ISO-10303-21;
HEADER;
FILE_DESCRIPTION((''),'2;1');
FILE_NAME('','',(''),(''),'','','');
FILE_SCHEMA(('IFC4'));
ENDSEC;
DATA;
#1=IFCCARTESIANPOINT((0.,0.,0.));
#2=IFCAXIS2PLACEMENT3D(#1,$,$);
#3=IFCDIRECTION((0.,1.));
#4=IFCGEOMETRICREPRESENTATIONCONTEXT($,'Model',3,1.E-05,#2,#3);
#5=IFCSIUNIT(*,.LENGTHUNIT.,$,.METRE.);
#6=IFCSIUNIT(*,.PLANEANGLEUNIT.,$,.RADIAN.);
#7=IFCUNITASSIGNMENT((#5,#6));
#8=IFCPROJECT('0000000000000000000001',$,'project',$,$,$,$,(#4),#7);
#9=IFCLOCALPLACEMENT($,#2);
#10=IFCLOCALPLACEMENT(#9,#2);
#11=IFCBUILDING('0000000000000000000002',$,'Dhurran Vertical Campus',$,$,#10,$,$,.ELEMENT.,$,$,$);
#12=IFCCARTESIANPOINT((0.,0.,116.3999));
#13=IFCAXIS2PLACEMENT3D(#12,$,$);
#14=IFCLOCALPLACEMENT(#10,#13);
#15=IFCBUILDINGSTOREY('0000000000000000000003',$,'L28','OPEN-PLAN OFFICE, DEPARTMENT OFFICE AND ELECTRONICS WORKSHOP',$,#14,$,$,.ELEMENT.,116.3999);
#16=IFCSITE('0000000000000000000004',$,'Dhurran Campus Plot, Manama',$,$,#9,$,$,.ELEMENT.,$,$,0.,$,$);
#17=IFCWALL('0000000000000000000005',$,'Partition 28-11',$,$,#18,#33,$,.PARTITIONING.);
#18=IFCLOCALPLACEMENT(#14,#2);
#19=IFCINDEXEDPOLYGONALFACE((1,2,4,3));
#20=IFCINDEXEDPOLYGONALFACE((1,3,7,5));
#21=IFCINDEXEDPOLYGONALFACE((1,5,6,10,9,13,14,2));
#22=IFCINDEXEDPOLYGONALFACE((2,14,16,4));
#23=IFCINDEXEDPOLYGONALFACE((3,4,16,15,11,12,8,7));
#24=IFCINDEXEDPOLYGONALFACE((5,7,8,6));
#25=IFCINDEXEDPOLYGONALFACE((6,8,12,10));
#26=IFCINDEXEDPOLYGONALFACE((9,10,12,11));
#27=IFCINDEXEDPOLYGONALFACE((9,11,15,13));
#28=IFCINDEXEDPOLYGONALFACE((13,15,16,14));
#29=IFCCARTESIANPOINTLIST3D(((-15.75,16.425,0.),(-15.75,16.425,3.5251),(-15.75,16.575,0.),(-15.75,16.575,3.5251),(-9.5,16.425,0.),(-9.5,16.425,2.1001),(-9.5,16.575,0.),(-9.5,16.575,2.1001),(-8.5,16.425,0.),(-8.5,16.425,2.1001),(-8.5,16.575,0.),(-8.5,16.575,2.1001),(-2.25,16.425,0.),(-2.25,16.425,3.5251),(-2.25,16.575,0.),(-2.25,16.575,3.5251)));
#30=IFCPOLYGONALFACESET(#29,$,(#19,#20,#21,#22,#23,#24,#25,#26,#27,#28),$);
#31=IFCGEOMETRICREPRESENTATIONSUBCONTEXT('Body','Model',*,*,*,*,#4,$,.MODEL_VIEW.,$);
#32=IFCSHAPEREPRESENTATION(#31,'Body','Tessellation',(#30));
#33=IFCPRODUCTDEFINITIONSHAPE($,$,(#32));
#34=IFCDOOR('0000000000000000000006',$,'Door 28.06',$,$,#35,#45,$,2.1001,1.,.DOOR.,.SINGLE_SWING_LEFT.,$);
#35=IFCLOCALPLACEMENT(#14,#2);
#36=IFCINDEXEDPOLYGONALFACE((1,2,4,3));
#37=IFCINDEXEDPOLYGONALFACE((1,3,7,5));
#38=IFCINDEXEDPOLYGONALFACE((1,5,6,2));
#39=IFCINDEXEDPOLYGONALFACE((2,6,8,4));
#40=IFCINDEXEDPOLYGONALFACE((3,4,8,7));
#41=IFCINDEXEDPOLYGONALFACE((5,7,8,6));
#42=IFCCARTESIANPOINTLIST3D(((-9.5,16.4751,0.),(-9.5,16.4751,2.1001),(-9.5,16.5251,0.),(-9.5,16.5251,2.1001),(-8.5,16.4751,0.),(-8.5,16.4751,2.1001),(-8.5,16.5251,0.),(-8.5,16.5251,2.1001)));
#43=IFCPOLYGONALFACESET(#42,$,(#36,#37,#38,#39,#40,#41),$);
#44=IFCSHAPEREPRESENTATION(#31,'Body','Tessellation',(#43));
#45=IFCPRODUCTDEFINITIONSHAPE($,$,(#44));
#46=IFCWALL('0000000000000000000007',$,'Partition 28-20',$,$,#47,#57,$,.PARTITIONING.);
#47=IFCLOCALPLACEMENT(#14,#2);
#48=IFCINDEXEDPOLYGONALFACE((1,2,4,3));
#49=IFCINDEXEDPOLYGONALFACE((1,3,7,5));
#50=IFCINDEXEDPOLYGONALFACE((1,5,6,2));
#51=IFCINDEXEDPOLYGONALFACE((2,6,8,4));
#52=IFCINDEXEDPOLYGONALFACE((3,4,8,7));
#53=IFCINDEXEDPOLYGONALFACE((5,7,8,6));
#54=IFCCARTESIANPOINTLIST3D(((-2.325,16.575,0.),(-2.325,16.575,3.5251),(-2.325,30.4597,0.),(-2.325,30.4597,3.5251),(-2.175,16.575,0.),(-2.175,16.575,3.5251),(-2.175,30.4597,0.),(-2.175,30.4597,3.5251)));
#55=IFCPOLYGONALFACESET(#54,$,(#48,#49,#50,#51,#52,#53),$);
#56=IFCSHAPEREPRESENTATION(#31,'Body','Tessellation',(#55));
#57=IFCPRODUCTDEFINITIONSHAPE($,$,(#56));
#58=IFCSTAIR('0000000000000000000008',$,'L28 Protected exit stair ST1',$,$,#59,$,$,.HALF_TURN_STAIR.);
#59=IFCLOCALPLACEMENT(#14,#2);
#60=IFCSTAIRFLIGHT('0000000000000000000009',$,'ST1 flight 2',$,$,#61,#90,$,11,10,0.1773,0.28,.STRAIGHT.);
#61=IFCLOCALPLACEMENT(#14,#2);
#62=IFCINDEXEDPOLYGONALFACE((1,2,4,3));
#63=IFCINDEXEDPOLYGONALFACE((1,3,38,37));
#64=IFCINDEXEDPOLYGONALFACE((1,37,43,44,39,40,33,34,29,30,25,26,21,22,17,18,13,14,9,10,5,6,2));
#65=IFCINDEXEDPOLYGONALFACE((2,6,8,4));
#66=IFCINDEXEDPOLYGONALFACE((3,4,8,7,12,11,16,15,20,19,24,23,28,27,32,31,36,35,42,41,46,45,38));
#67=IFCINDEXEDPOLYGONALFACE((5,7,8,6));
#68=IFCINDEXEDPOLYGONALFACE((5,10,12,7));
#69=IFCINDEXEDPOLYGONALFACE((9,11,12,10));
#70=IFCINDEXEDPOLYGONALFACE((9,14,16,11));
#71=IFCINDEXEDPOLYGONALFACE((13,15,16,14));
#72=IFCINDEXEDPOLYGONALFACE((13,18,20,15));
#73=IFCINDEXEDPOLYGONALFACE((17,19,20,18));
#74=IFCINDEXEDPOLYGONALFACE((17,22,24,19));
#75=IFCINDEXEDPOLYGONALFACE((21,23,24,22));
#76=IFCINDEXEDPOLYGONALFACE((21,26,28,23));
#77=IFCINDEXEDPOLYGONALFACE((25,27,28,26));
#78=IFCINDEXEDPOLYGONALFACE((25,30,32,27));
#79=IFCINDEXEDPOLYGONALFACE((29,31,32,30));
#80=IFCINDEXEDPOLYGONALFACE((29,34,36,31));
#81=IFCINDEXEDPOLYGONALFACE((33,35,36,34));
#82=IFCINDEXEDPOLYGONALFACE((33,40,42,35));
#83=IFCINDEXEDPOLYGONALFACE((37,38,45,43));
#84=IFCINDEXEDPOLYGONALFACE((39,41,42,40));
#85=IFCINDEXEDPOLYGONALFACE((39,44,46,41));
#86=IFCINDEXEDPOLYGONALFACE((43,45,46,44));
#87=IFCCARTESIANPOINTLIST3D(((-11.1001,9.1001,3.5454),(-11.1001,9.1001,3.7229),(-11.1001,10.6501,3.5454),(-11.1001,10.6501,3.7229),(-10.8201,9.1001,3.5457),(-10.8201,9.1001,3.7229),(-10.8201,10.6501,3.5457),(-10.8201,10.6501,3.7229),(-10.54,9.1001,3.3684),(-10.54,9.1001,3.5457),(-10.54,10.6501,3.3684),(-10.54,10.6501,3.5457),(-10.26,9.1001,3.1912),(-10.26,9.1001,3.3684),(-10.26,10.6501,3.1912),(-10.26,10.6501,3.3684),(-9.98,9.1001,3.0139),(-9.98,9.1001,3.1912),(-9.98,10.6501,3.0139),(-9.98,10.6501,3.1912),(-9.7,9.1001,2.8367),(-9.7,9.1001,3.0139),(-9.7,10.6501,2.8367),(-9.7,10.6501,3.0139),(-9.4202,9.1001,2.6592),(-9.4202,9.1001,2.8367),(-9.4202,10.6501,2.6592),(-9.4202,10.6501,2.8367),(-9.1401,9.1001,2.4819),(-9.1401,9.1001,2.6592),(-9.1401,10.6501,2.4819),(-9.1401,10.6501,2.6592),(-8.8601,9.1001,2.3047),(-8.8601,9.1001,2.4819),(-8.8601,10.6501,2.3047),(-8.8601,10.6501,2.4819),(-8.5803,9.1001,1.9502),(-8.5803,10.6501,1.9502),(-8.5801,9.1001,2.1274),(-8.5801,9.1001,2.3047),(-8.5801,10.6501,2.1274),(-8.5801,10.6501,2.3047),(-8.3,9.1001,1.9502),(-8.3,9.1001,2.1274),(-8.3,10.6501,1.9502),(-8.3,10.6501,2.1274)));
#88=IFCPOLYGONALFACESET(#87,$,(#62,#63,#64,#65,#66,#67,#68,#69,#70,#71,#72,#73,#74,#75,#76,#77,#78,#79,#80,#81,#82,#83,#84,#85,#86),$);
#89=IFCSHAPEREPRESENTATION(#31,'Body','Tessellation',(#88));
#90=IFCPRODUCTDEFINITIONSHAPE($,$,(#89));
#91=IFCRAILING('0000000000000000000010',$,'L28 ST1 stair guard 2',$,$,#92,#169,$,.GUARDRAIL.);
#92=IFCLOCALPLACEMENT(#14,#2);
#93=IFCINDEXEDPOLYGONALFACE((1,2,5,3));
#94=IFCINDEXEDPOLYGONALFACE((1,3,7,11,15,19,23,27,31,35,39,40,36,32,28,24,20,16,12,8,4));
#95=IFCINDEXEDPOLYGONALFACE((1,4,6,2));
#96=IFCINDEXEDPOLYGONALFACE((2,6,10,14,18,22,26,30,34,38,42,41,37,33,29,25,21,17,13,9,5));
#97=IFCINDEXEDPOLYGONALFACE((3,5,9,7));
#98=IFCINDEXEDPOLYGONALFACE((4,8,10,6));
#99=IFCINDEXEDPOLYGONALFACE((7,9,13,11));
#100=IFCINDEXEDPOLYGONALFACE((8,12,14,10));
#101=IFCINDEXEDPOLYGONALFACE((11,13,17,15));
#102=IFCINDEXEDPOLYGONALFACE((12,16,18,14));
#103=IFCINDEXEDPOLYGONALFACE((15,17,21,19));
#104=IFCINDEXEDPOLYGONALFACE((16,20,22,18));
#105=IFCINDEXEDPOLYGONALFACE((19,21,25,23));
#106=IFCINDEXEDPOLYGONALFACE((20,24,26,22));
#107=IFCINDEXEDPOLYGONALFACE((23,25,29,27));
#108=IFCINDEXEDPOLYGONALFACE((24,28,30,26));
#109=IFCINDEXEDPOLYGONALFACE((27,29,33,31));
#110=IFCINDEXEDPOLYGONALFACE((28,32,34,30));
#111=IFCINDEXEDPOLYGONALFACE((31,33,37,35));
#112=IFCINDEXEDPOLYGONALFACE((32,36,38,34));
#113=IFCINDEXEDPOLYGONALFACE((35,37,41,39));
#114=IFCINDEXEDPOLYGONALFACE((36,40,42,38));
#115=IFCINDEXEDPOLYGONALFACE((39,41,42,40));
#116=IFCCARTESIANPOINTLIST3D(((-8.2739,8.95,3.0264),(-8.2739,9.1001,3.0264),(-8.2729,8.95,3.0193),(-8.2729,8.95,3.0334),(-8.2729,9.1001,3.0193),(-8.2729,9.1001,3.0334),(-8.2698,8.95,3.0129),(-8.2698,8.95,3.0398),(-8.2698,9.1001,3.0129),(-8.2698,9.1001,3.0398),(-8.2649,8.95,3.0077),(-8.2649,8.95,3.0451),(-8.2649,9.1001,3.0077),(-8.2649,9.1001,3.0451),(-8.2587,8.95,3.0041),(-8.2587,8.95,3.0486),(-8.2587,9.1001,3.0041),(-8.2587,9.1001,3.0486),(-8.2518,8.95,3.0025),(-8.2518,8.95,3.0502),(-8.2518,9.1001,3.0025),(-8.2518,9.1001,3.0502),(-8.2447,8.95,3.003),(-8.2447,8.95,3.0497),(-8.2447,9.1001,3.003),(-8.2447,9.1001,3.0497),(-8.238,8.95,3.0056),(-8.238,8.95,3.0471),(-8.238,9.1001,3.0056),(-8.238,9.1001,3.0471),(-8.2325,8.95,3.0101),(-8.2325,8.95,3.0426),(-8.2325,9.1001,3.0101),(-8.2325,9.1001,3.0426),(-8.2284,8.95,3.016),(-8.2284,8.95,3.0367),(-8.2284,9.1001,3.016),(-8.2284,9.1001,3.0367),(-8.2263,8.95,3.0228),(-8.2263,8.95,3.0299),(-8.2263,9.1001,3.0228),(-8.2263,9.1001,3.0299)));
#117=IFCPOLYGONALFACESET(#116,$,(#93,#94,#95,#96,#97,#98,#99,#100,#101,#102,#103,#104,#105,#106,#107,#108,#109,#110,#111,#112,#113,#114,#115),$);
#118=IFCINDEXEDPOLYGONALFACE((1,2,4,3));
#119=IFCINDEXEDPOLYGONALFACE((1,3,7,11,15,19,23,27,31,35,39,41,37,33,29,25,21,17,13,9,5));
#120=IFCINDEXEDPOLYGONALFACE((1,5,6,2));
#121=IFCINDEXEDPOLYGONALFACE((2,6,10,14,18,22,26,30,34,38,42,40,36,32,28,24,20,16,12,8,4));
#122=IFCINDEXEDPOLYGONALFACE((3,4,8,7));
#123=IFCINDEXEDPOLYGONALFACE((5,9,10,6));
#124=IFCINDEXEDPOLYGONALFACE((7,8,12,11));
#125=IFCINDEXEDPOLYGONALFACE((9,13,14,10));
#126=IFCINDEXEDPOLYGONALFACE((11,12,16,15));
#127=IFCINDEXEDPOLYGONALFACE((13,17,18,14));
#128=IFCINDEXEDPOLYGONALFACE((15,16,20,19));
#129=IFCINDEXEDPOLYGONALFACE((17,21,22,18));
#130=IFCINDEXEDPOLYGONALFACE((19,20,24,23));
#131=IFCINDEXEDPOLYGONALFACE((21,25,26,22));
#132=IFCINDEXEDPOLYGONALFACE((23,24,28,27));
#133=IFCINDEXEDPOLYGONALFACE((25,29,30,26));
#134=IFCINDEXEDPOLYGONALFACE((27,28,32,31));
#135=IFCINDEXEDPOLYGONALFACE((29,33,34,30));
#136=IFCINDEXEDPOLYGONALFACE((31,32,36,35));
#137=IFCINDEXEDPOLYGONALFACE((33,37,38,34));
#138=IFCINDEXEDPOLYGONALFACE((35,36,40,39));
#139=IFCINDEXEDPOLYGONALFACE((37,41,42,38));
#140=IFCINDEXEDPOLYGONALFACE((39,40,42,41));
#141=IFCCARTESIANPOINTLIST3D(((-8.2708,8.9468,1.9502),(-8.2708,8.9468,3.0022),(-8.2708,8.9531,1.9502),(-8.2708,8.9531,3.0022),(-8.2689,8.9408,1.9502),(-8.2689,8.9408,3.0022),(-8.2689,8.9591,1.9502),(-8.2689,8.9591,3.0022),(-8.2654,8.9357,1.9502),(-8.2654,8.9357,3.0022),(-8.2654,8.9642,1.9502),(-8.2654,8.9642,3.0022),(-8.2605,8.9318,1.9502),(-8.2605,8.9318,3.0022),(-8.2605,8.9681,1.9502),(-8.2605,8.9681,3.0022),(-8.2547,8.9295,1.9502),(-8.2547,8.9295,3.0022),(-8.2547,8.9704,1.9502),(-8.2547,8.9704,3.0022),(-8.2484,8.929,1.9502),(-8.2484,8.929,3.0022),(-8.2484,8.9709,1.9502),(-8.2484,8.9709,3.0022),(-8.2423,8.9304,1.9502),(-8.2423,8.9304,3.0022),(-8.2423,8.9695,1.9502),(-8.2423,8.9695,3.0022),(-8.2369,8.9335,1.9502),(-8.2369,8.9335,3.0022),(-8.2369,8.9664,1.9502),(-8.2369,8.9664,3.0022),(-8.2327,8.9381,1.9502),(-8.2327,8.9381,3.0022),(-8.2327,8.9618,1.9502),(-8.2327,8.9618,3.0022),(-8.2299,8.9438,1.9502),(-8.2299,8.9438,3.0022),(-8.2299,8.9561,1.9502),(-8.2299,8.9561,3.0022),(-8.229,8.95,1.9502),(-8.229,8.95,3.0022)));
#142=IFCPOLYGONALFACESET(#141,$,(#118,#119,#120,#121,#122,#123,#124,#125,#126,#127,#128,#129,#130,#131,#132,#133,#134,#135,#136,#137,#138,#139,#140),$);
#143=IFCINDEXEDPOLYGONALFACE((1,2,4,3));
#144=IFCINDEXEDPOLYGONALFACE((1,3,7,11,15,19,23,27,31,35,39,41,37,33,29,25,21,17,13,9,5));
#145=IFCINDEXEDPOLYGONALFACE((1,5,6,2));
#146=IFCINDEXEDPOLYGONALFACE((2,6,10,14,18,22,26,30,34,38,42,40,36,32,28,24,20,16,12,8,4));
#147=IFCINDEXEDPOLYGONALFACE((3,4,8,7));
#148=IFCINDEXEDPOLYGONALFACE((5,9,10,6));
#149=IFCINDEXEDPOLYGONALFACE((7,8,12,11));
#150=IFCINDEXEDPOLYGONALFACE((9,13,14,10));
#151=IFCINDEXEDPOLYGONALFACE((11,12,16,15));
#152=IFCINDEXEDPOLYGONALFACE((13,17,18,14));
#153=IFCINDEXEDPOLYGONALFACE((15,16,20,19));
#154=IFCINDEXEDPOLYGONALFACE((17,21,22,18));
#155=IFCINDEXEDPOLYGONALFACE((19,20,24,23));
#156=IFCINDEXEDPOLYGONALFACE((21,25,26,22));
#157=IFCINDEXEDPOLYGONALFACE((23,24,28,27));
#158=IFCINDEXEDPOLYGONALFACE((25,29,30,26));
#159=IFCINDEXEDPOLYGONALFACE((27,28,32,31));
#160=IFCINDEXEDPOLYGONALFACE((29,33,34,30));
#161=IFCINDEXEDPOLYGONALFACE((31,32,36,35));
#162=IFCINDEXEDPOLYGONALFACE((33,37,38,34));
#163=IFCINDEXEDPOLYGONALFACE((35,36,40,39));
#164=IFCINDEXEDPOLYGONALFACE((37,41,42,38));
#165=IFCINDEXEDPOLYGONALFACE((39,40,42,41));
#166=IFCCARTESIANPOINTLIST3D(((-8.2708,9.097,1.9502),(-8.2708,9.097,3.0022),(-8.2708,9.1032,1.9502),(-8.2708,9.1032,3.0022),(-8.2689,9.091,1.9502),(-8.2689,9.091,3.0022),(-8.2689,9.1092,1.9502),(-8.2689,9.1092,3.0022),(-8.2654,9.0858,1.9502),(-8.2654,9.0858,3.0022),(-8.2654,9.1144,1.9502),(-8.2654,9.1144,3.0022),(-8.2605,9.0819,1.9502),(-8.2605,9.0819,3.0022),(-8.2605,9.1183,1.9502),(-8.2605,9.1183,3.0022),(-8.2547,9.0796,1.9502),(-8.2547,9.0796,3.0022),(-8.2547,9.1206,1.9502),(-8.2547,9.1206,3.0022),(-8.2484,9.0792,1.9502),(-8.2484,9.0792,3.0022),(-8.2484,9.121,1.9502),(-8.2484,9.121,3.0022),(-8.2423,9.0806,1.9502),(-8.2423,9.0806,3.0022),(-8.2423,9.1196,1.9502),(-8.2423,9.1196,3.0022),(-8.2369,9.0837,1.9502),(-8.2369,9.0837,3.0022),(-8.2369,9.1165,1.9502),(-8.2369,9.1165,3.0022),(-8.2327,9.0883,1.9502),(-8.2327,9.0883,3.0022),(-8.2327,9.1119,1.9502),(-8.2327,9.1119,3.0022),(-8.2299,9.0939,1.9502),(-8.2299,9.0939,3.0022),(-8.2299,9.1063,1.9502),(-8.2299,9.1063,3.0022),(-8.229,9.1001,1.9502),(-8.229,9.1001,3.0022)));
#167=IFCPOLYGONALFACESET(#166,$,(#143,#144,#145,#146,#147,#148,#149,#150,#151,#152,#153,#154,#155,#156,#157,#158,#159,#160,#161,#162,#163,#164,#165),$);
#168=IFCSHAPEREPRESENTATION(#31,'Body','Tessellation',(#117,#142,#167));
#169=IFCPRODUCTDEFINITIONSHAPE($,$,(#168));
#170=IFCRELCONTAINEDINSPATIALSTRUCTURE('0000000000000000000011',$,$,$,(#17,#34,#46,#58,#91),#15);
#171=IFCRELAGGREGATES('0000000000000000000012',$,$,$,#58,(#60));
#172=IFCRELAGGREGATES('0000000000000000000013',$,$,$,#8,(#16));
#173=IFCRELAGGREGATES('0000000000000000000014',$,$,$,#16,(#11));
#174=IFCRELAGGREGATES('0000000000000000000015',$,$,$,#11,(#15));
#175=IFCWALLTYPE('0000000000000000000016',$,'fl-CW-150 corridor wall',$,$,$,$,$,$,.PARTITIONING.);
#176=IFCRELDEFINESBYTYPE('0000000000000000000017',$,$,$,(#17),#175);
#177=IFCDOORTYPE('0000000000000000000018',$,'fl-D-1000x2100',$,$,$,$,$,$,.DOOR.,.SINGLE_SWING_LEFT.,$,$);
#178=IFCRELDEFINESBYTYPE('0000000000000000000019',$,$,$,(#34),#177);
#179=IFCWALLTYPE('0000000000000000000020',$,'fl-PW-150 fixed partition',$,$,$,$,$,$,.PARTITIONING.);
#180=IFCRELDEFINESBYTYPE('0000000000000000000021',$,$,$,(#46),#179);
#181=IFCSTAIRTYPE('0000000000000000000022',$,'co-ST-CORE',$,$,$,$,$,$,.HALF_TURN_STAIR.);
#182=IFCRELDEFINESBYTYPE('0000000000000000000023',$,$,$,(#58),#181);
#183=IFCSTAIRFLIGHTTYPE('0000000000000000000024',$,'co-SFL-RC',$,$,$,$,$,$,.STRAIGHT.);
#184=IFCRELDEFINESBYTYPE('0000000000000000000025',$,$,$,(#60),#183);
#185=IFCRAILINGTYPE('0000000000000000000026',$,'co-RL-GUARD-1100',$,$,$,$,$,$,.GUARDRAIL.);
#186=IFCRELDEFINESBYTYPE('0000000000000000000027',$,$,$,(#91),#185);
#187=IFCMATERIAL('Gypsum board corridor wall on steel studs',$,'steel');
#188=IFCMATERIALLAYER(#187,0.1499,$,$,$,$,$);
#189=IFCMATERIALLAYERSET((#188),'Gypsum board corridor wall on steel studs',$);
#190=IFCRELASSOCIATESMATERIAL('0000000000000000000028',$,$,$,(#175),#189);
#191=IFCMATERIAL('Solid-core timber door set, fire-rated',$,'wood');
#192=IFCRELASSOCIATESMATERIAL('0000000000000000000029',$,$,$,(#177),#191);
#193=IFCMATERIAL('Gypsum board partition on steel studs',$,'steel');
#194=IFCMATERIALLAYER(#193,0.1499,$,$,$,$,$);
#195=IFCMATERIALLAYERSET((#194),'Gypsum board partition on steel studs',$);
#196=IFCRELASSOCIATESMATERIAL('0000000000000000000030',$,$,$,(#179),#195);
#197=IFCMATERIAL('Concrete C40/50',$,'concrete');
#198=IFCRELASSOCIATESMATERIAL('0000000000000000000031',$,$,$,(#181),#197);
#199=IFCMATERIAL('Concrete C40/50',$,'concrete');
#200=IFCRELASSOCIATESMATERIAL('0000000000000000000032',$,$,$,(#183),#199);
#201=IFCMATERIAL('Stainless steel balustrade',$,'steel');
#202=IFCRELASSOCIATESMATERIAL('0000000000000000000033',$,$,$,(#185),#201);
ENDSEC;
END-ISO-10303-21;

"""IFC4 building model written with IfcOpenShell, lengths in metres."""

from ifc_helpers import new_model, si_unit, direction, frame, frame_2d, origin, origin_2d, place, context, subcontext, project, spatial, polyline, rectangle, circle, outline, extrude, material, layer, layer_set, type_object, element, fill, aggregate, save


model = new_model("IFC4")

# Units and contexts
model_context = context("Model", 3, precision=1e-05, world=origin(), true_north=direction((0.0, 1.0)))
body_context = subcontext(model_context, "Body", "Model", "MODEL_VIEW")
ifc_project = project(units=[si_unit("LENGTHUNIT", "METRE"), si_unit("PLANEANGLEUNIT", "RADIAN")], contexts=[model_context])

# Site, building, storey
site_placement = place(None, origin())
site = spatial("IfcSite", under=ifc_project, at=site_placement, Name="Dhurran Campus Plot, Manama", CompositionType="ELEMENT", RefElevation=0.0)
building_placement = place(site_placement, origin())
building = spatial("IfcBuilding", under=site, at=building_placement, Name="Dhurran Vertical Campus", CompositionType="ELEMENT")
storey_placement = place(building_placement, frame((0.0, 0.0, 116.3999)))
storey = spatial("IfcBuildingStorey", under=building, at=storey_placement, Name="L28", Description="OPEN-PLAN OFFICE, DEPARTMENT OFFICE AND ELECTRONICS WORKSHOP", CompositionType="ELEMENT", Elevation=116.3999)

# Wall, opening, door
ifc_material_1 = material(Name="Gypsum board corridor wall on steel studs", Category="steel")
ifc_layer_1 = layer(ifc_material_1, 0.1499)
ifc_layer_set_1 = layer_set([ifc_layer_1], Name="Gypsum board corridor wall on steel studs")
wall_type_1 = type_object("IfcWallType", Name="fl-CW-150 corridor wall", PredefinedType="PARTITIONING", material=ifc_layer_set_1)
wall_1_placement = place(storey_placement, frame((-2.25, 16.5, 0.0), z_axis=(0.0, 0.0, 1.0), x_axis=(-1.0, 0.0, 0.0)))
wall_1 = element("IfcWall", 1, at=wall_1_placement, inside=storey, type_object=wall_type_1, Name="Partition 28-11", PredefinedType="PARTITIONING", context=body_context, shape_type="SweptSolid", body=[
    extrude(rectangle(XDim=13.5, YDim=0.1499, at=frame_2d((6.75, 0.0))), origin(), (0.0, 0.0, 1.0), 3.5251),
])
opening_1_placement = place(wall_1_placement, frame((6.25, 0.0, 0.0)))
opening_1 = element("IfcOpeningElement", 2, at=opening_1_placement, cuts=wall_1, PredefinedType="OPENING", context=body_context, shape_type="SweptSolid", body=[
    extrude(rectangle(XDim=1.0, YDim=2.1001, at=frame_2d((0.5, 1.05))), frame((0.0, 0.085, 0.0), z_axis=(0.0, -1.0, 0.0), x_axis=(1.0, 0.0, 0.0)), (0.0, 0.0, 1.0), 0.1699),
])
ifc_material_2 = material(Name="Solid-core timber door set, fire-rated", Category="wood")
door_type_1 = type_object("IfcDoorType", Name="fl-D-1000x2100", OperationType="SINGLE_SWING_LEFT", PredefinedType="DOOR", material=ifc_material_2)
door_1_placement = place(opening_1_placement, origin())
door_1 = element("IfcDoor", 3, at=door_1_placement, inside=storey, type_object=door_type_1, Name="Door 28.06", OperationType="SINGLE_SWING_LEFT", OverallHeight=2.1001, OverallWidth=1.0, PredefinedType="DOOR", context=body_context, shape_type="SweptSolid", body=[
    extrude(rectangle(XDim=1.0, YDim=2.1001, at=frame_2d((0.5, 1.05))), frame((0.0, 0.0249, 0.0), z_axis=(0.0, -1.0, 0.0), x_axis=(1.0, 0.0, 0.0)), (0.0, 0.0, 1.0), 0.05),
])
fill(opening_1, door_1)

# Wall
ifc_material_3 = material(Name="Gypsum board partition on steel studs", Category="steel")
ifc_layer_2 = layer(ifc_material_3, 0.1499)
ifc_layer_set_2 = layer_set([ifc_layer_2], Name="Gypsum board partition on steel studs")
wall_type_2 = type_object("IfcWallType", Name="fl-PW-150 fixed partition", PredefinedType="PARTITIONING", material=ifc_layer_set_2)
wall_2_placement = place(storey_placement, frame((-2.25, 30.4597, 0.0), z_axis=(0.0, 0.0, 1.0), x_axis=(0.0, -1.0, 0.0)))
element("IfcWall", 4, at=wall_2_placement, inside=storey, type_object=wall_type_2, Name="Partition 28-20", PredefinedType="PARTITIONING", context=body_context, shape_type="SweptSolid", body=[
    extrude(rectangle(XDim=13.8848, YDim=0.1499, at=frame_2d((6.9424, 0.0))), origin(), (0.0, 0.0, 1.0), 3.5251),
])

# Stair, stair flight
ifc_material_4 = material(Name="Concrete C40/50", Category="concrete")
stair_type = type_object("IfcStairType", Name="co-ST-CORE", PredefinedType="HALF_TURN_STAIR", material=ifc_material_4)
stair_placement = place(storey_placement, origin())
stair = element("IfcStair", 5, at=stair_placement, inside=storey, type_object=stair_type, Name="L28 Protected exit stair ST1", PredefinedType="HALF_TURN_STAIR")
ifc_material_5 = material(Name="Concrete C40/50", Category="concrete")
stair_flight_type = type_object("IfcStairFlightType", Name="co-SFL-RC", PredefinedType="STRAIGHT", material=ifc_material_5)
stair_flight_placement = place(storey_placement, frame((-8.3, 9.875, 1.9502), z_axis=(0.0, 0.0, 1.0), x_axis=(-1.0, 0.0, 0.0)))
stair_flight = element("IfcStairFlight", 6, at=stair_flight_placement, type_object=stair_flight_type, Name="ST1 flight 2", NumberOfRisers=11, NumberOfTreads=10, PredefinedType="STRAIGHT", RiserHeight=0.1773, TreadLength=0.28, context=body_context, shape_type="SweptSolid", body=[
    extrude(outline(polyline([(0.0, 0.0), (0.0, 0.1772), (0.28, 0.1772), (0.28, 0.3545), (0.5601, 0.3545), (0.5601, 0.5317), (0.8401, 0.5317), (0.8401, 0.709), (1.1201, 0.709), (1.1201, 0.8865), (1.3999, 0.8865), (1.3999, 1.0637), (1.6799, 1.0637), (1.6799, 1.241), (1.96, 1.241), (1.96, 1.4182), (2.24, 1.4182), (2.24, 1.5955), (2.52, 1.5955), (2.52, 1.7727), (2.8, 1.7727), (2.8, 1.95), (2.8, 1.5952), (0.2803, 0.0), (0.0, 0.0)])), frame((0.0, 0.7749, 0.0), z_axis=(0.0, -1.0, 0.0), x_axis=(1.0, 0.0, 0.0)), (0.0, 0.0, 1.0), 1.55),
])
aggregate(stair, [stair_flight])

# Railing
ifc_material_6 = material(Name="Stainless steel balustrade", Category="steel")
railing_type_1 = type_object("IfcRailingType", Name="co-RL-GUARD-1100", PredefinedType="GUARDRAIL", material=ifc_material_6)
railing_1_placement = place(storey_placement, frame((-8.25, 8.95, 1.9502)))
element("IfcRailing", 7, at=railing_1_placement, inside=storey, type_object=railing_type_1, Name="L28 ST1 stair guard 2", PredefinedType="GUARDRAIL", context=body_context, shape_type="SweptSolid", body=[
    extrude(circle(Radius=0.0239, at=origin_2d()), frame((0.0, 0.0, 1.0762), z_axis=(0.0, 1.0, 0.0), x_axis=(-1.0, 0.0, 0.0)), (0.0, 0.0, 1.0), 0.1501),
    extrude(circle(Radius=0.021, at=origin_2d()), origin(), (0.0, 0.0, 1.0), 1.052),
    extrude(circle(Radius=0.021, at=origin_2d()), frame((0.0, 0.1501, 0.0)), (0.0, 0.0, 1.0), 1.052),
])

save(model, "model.ifc")
